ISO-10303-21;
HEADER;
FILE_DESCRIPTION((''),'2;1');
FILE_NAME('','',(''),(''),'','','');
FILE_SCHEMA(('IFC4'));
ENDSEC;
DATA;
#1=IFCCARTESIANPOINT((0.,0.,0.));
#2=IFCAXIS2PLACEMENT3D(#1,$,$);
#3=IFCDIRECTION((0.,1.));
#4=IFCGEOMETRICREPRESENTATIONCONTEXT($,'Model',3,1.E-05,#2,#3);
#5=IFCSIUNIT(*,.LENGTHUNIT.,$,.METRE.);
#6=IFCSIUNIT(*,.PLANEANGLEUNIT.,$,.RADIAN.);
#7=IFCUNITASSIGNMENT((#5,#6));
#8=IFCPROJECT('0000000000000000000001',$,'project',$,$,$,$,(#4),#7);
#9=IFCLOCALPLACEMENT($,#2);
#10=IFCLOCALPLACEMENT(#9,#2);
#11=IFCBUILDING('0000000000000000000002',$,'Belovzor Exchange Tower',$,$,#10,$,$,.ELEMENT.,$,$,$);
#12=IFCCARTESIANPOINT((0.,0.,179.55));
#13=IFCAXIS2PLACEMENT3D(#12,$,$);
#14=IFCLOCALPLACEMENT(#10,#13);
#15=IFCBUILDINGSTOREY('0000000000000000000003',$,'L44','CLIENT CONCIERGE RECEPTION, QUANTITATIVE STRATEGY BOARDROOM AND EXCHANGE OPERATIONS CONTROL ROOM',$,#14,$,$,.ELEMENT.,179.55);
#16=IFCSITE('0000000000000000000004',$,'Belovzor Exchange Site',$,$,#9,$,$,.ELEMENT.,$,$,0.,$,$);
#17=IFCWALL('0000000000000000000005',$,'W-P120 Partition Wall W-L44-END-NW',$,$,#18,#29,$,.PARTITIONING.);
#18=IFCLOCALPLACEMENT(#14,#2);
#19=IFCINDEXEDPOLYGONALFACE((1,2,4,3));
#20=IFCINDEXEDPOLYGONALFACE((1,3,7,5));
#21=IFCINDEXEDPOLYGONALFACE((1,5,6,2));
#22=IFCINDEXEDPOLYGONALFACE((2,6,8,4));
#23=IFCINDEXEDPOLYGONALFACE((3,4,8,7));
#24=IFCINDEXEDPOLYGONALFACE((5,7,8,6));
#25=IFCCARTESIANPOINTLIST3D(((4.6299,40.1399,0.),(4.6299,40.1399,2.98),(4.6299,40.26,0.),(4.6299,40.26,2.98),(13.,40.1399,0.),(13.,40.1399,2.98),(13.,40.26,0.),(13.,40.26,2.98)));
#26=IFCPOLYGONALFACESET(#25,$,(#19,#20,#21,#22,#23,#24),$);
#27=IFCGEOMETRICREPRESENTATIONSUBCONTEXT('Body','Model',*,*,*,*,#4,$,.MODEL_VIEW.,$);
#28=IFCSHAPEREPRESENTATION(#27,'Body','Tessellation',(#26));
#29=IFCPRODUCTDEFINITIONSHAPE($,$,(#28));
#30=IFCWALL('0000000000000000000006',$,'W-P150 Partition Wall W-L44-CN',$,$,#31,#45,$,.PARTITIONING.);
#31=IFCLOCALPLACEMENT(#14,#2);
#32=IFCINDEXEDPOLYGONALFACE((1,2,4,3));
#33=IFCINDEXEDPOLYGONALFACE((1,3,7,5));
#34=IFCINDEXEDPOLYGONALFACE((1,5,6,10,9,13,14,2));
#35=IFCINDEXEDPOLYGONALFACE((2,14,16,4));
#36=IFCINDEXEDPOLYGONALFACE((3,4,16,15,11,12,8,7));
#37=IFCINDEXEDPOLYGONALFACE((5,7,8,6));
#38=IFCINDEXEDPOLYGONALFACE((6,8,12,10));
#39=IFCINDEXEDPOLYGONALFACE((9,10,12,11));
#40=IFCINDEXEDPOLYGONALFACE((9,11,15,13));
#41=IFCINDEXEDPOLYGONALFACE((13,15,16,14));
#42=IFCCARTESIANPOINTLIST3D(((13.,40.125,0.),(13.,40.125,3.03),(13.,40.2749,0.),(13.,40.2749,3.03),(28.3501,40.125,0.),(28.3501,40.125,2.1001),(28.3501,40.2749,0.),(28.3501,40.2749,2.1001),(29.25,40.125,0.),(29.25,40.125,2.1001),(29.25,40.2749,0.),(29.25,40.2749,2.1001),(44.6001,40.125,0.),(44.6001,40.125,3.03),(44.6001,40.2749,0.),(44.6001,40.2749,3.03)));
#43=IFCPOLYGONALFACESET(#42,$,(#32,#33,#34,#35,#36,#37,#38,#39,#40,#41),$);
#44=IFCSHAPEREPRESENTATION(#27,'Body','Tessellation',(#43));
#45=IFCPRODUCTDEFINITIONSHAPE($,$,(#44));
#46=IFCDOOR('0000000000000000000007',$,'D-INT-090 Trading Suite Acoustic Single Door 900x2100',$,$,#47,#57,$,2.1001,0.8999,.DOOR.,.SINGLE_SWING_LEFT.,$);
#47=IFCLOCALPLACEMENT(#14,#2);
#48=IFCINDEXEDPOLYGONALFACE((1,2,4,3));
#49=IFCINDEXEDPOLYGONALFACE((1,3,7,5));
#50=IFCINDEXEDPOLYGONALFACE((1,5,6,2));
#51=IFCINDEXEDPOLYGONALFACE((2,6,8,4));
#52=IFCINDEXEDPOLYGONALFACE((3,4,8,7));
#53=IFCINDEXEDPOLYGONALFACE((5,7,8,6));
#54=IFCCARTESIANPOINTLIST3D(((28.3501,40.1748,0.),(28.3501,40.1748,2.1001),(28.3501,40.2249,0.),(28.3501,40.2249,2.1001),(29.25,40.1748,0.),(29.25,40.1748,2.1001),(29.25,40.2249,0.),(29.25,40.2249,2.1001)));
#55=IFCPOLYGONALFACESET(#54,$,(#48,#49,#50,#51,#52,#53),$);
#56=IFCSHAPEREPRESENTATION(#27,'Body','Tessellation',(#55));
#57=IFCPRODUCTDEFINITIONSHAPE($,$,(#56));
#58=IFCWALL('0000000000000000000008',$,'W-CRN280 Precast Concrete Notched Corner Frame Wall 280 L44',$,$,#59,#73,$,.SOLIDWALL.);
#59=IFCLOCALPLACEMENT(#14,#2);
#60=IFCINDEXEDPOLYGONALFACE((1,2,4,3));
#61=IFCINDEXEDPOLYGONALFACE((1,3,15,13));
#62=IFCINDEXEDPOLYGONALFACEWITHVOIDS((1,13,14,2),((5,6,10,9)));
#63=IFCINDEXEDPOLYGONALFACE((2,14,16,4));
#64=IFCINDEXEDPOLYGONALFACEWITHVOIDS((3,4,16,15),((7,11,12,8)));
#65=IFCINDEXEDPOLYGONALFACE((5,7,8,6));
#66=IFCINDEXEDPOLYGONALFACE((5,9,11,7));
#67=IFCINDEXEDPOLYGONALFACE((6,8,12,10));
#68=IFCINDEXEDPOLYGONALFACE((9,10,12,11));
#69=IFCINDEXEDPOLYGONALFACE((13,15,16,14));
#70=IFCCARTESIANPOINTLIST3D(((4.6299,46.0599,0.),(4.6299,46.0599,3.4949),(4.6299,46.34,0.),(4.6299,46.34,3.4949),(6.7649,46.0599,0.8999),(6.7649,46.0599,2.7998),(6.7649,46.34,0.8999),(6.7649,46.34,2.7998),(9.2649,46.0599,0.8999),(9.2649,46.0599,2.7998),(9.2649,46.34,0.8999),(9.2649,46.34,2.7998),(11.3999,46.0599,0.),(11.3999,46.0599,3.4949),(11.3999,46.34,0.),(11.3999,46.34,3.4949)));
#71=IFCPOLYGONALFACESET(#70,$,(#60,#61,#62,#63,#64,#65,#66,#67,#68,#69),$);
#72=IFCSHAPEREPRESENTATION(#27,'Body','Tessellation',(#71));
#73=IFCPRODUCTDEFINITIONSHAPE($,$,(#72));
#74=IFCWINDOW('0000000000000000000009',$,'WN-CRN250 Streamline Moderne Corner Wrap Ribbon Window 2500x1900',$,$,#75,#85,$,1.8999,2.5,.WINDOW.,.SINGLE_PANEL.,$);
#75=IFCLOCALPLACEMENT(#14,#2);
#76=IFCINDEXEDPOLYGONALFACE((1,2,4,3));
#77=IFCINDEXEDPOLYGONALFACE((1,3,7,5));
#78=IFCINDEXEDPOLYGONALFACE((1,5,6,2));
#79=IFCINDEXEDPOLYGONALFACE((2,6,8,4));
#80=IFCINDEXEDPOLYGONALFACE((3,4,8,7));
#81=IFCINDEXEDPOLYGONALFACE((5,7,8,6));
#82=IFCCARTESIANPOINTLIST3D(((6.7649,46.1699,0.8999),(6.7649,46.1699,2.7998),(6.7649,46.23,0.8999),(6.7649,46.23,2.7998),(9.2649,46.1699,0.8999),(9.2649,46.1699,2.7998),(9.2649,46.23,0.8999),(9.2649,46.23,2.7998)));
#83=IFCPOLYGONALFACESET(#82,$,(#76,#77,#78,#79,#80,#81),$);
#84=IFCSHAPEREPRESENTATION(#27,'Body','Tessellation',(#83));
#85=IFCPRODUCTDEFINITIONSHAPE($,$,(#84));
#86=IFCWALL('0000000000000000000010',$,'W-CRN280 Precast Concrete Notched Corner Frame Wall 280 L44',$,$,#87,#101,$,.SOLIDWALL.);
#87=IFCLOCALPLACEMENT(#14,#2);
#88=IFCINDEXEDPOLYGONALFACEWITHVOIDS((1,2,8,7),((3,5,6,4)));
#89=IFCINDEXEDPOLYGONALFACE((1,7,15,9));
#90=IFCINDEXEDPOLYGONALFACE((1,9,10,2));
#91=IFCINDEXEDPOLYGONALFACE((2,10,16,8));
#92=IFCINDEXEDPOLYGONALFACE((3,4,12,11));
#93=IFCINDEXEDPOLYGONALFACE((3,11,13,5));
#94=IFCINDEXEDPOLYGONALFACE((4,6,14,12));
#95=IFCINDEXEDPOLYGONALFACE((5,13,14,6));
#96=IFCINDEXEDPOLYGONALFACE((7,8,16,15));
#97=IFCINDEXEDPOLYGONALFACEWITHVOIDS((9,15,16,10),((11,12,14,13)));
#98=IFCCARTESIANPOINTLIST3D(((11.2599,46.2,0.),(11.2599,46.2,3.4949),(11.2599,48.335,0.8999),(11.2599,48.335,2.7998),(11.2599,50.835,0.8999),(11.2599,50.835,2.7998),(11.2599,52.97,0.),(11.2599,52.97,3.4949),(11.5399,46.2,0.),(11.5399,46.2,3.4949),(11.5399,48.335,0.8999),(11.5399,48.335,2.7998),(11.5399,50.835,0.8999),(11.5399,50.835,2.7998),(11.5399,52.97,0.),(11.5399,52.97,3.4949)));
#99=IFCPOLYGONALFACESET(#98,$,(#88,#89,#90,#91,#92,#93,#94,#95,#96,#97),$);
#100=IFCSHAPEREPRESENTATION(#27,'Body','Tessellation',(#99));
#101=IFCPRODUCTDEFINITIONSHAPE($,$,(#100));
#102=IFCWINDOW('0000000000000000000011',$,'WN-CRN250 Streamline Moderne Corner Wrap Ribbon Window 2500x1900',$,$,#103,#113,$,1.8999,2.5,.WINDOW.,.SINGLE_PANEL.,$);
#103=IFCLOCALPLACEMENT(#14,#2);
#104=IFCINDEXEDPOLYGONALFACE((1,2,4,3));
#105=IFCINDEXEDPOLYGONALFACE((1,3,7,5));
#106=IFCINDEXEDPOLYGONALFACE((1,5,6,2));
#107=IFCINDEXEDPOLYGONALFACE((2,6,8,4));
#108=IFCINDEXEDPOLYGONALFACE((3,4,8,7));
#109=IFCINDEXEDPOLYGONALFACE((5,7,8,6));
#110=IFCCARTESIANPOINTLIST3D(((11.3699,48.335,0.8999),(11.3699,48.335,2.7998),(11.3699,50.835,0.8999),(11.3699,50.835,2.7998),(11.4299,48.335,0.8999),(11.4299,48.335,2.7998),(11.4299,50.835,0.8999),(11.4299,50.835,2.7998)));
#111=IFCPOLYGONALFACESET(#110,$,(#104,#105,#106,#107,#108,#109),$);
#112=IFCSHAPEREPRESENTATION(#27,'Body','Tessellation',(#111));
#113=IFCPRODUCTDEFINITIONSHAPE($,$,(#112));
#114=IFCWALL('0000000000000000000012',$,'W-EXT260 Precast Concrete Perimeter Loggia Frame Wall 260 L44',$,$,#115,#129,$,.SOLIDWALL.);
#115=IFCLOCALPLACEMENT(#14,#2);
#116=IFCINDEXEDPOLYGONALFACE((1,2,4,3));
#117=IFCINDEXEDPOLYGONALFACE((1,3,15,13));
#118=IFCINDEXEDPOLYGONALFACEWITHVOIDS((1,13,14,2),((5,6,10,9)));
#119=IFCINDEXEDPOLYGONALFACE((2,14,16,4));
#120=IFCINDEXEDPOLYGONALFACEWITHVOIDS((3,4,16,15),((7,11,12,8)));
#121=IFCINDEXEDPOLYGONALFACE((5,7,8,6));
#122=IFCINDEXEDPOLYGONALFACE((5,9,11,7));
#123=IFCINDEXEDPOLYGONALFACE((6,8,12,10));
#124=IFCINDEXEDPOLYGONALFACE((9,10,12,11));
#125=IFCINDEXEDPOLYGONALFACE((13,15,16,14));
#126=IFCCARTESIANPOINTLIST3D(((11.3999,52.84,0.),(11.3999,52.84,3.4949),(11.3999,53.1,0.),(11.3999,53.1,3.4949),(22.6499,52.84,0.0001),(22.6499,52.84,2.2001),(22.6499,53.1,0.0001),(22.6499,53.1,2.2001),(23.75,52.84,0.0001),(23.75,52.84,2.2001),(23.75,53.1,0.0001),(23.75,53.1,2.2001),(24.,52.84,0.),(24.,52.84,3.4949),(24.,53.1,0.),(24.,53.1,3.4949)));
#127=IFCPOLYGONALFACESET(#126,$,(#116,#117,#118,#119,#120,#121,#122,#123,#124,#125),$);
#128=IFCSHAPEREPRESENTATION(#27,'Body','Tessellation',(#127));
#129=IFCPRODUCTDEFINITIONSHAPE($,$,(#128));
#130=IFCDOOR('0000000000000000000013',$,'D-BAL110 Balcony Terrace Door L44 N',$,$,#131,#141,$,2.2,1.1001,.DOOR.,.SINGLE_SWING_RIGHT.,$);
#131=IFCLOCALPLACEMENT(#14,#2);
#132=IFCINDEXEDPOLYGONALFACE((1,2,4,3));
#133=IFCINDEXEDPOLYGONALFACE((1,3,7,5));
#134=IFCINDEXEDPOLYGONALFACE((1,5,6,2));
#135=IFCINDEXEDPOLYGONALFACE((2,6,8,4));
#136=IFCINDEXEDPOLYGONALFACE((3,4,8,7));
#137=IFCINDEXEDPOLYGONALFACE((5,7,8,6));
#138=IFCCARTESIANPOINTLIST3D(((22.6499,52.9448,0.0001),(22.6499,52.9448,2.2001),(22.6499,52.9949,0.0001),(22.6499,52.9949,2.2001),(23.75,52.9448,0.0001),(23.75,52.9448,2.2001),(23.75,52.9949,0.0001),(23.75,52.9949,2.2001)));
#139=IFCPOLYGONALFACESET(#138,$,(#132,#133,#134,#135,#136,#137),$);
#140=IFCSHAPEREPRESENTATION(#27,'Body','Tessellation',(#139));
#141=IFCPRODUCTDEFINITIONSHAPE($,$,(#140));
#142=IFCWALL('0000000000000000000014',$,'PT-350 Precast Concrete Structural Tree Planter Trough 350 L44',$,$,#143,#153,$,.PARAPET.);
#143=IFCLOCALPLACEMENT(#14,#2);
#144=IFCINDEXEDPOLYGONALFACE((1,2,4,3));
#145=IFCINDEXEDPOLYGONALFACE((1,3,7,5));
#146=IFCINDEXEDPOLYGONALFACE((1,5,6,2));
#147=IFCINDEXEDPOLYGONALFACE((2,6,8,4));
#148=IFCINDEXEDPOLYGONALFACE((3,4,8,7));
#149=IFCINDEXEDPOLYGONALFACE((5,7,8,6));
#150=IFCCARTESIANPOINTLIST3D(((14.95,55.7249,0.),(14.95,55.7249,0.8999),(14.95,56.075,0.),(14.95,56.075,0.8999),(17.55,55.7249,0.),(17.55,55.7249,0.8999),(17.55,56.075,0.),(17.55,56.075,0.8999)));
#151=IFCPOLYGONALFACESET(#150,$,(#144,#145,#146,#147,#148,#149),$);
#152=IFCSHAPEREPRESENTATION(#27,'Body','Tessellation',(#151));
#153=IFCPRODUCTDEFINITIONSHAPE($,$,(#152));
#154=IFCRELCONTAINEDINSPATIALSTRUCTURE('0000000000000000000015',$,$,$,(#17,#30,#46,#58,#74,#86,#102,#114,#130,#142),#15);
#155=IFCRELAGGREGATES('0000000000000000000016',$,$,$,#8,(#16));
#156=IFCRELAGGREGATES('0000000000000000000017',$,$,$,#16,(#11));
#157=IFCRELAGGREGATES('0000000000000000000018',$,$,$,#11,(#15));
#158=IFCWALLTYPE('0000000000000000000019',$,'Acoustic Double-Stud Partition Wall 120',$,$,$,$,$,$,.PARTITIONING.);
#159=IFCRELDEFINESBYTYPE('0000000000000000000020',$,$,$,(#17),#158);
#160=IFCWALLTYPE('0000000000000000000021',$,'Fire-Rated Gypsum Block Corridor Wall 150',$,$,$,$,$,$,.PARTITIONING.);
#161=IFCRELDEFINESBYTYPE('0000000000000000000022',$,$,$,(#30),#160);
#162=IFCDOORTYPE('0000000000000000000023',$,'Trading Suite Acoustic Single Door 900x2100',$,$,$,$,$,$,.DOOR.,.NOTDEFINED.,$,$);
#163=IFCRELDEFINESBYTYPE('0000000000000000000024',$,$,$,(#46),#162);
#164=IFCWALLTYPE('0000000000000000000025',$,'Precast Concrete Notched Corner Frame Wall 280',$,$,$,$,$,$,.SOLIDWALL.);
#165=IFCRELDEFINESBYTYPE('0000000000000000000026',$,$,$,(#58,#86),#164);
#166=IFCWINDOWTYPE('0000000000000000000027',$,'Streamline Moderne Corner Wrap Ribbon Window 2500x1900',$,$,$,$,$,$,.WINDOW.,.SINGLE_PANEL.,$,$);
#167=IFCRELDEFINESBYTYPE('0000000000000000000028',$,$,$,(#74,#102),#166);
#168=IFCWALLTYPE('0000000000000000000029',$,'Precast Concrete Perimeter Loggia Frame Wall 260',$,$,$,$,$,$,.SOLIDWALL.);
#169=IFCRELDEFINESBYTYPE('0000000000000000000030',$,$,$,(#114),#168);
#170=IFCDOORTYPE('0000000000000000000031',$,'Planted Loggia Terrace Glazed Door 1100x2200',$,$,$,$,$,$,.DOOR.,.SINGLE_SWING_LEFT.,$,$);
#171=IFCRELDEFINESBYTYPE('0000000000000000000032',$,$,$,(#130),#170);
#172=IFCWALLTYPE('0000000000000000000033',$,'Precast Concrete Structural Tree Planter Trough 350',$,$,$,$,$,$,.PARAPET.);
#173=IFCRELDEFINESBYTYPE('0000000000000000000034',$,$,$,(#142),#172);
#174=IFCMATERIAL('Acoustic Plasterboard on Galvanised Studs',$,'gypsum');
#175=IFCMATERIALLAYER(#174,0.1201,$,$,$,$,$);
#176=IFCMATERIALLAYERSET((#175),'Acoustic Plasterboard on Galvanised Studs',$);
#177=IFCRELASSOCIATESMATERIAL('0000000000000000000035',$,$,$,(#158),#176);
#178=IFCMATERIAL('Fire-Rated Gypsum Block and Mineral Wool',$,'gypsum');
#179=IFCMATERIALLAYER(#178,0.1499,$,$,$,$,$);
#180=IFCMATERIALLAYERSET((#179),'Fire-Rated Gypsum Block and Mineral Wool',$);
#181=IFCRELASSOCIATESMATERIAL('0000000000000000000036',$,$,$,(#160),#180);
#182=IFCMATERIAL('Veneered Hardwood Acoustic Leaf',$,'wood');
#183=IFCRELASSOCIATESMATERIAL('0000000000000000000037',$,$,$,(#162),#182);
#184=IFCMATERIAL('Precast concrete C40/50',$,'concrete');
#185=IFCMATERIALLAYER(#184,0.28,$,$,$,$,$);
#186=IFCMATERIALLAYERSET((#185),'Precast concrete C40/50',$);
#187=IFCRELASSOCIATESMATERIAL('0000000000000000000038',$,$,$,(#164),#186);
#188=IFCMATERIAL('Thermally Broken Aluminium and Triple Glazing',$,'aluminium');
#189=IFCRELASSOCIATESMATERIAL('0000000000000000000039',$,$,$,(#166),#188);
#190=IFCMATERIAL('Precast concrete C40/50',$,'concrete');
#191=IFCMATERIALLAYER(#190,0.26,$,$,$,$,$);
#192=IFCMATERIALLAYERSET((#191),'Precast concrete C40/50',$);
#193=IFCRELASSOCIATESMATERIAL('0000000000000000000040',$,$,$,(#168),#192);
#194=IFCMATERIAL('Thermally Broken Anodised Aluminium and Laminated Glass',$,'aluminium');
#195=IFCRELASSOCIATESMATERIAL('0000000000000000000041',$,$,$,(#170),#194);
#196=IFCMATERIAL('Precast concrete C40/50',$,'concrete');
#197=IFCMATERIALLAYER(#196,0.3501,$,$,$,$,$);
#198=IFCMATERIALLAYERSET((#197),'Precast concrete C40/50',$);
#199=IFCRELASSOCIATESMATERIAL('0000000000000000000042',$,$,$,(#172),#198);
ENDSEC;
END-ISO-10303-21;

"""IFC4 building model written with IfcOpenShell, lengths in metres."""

from ifc_helpers import new_model, si_unit, direction, frame, frame_2d, origin, place, context, subcontext, project, spatial, rectangle, extrude, material, layer, layer_set, type_object, element, fill, save


model = new_model("IFC4")

# Units and contexts
model_context = context("Model", 3, precision=1e-05, world=origin(), true_north=direction((0.0, 1.0)))
body_context = subcontext(model_context, "Body", "Model", "MODEL_VIEW")
ifc_project = project(units=[si_unit("LENGTHUNIT", "METRE"), si_unit("PLANEANGLEUNIT", "RADIAN")], contexts=[model_context])

# Site, building, storey
site_placement = place(None, origin())
site = spatial("IfcSite", under=ifc_project, at=site_placement, Name="Belovzor Exchange Site", CompositionType="ELEMENT", RefElevation=0.0)
building_placement = place(site_placement, origin())
building = spatial("IfcBuilding", under=site, at=building_placement, Name="Belovzor Exchange Tower", CompositionType="ELEMENT")
storey_placement = place(building_placement, frame((0.0, 0.0, 179.55)))
storey = spatial("IfcBuildingStorey", under=building, at=storey_placement, Name="L44", Description="CLIENT CONCIERGE RECEPTION, QUANTITATIVE STRATEGY BOARDROOM AND EXCHANGE OPERATIONS CONTROL ROOM", CompositionType="ELEMENT", Elevation=179.55)

# Wall
ifc_material_1 = material(Name="Acoustic Plasterboard on Galvanised Studs", Category="gypsum")
ifc_layer_1 = layer(ifc_material_1, 0.1201)
ifc_layer_set_1 = layer_set([ifc_layer_1], Name="Acoustic Plasterboard on Galvanised Studs")
wall_type_1 = type_object("IfcWallType", Name="Acoustic Double-Stud Partition Wall 120", PredefinedType="PARTITIONING", material=ifc_layer_set_1)
wall_1_placement = place(storey_placement, frame((4.6299, 40.2, 0.0), z_axis=(0.0, 0.0, 1.0), x_axis=(1.0, 0.0, 0.0)))
element("IfcWall", 1, at=wall_1_placement, inside=storey, type_object=wall_type_1, Name="W-P120 Partition Wall W-L44-END-NW", PredefinedType="PARTITIONING", context=body_context, shape_type="SweptSolid", body=[
    extrude(rectangle(XDim=8.3701, YDim=0.1201, at=frame_2d((4.1851, 0.0))), origin(), (0.0, 0.0, 1.0), 2.98),
])

# Wall, opening, door
ifc_material_2 = material(Name="Fire-Rated Gypsum Block and Mineral Wool", Category="gypsum")
ifc_layer_2 = layer(ifc_material_2, 0.1499)
ifc_layer_set_2 = layer_set([ifc_layer_2], Name="Fire-Rated Gypsum Block and Mineral Wool")
wall_type_2 = type_object("IfcWallType", Name="Fire-Rated Gypsum Block Corridor Wall 150", PredefinedType="PARTITIONING", material=ifc_layer_set_2)
wall_2_placement = place(storey_placement, frame((13.0, 40.2, 0.0), z_axis=(0.0, 0.0, 1.0), x_axis=(1.0, 0.0, 0.0)))
wall_2 = element("IfcWall", 2, at=wall_2_placement, inside=storey, type_object=wall_type_2, Name="W-P150 Partition Wall W-L44-CN", PredefinedType="PARTITIONING", context=body_context, shape_type="SweptSolid", body=[
    extrude(rectangle(XDim=31.6001, YDim=0.1499, at=frame_2d((15.8, 0.0))), origin(), (0.0, 0.0, 1.0), 3.03),
])
opening_1_placement = place(wall_2_placement, frame((15.3501, 0.0, 0.0)))
opening_1 = element("IfcOpeningElement", 3, at=opening_1_placement, cuts=wall_2, PredefinedType="OPENING", context=body_context, shape_type="SweptSolid", body=[
    extrude(rectangle(XDim=0.8999, YDim=2.1001, at=frame_2d((0.45, 1.05))), frame((0.0, 0.085, 0.0), z_axis=(0.0, -1.0, 0.0), x_axis=(1.0, 0.0, 0.0)), (0.0, 0.0, 1.0), 0.1699),
])
ifc_material_3 = material(Name="Veneered Hardwood Acoustic Leaf", Category="wood")
door_type_1 = type_object("IfcDoorType", Name="Trading Suite Acoustic Single Door 900x2100", OperationType="NOTDEFINED", PredefinedType="DOOR", material=ifc_material_3)
door_1_placement = place(opening_1_placement, origin())
door_1 = element("IfcDoor", 4, at=door_1_placement, inside=storey, type_object=door_type_1, Name="D-INT-090 Trading Suite Acoustic Single Door 900x2100", OperationType="SINGLE_SWING_LEFT", OverallHeight=2.1001, OverallWidth=0.8999, PredefinedType="DOOR", context=body_context, shape_type="SweptSolid", body=[
    extrude(rectangle(XDim=0.8999, YDim=2.1001, at=frame_2d((0.45, 1.05))), frame((0.0, 0.0249, 0.0), z_axis=(0.0, -1.0, 0.0), x_axis=(1.0, 0.0, 0.0)), (0.0, 0.0, 1.0), 0.05),
])
fill(opening_1, door_1)

# Walls, openings, windows
ifc_material_4 = material(Name="Precast concrete C40/50", Category="concrete")
ifc_layer_3 = layer(ifc_material_4, 0.28)
ifc_layer_set_3 = layer_set([ifc_layer_3], Name="Precast concrete C40/50")
wall_type_3 = type_object("IfcWallType", Name="Precast Concrete Notched Corner Frame Wall 280", PredefinedType="SOLIDWALL", material=ifc_layer_set_3)
wall_3_placement = place(storey_placement, frame((4.6299, 46.2, 0.0), z_axis=(0.0, 0.0, 1.0), x_axis=(1.0, 0.0, 0.0)))
wall_3 = element("IfcWall", 5, at=wall_3_placement, inside=storey, type_object=wall_type_3, Name="W-CRN280 Precast Concrete Notched Corner Frame Wall 280 L44", PredefinedType="SOLIDWALL", context=body_context, shape_type="SweptSolid", body=[
    extrude(rectangle(XDim=6.77, YDim=0.28, at=frame_2d((3.385, 0.0))), origin(), (0.0, 0.0, 1.0), 3.4949),
])
opening_2_placement = place(wall_3_placement, frame((2.135, 0.0, 0.8999)))
opening_2 = element("IfcOpeningElement", 6, at=opening_2_placement, cuts=wall_3, PredefinedType="OPENING", context=body_context, shape_type="SweptSolid", body=[
    extrude(rectangle(XDim=2.5, YDim=1.8999, at=frame_2d((1.25, 0.95))), frame((0.0, 0.1499, 0.0), z_axis=(0.0, -1.0, 0.0), x_axis=(1.0, 0.0, 0.0)), (0.0, 0.0, 1.0), 0.3),
])
ifc_material_5 = material(Name="Thermally Broken Aluminium and Triple Glazing", Category="aluminium")
window_type = type_object("IfcWindowType", Name="Streamline Moderne Corner Wrap Ribbon Window 2500x1900", PartitioningType="SINGLE_PANEL", PredefinedType="WINDOW", material=ifc_material_5)
window_1_placement = place(opening_2_placement, origin())
window_1 = element("IfcWindow", 7, at=window_1_placement, inside=storey, type_object=window_type, Name="WN-CRN250 Streamline Moderne Corner Wrap Ribbon Window 2500x1900", OverallHeight=1.8999, OverallWidth=2.5, PartitioningType="SINGLE_PANEL", PredefinedType="WINDOW", context=body_context, shape_type="SweptSolid", body=[
    extrude(rectangle(XDim=2.5, YDim=1.8999, at=frame_2d((1.25, 0.95))), frame((0.0, 0.03, 0.0), z_axis=(0.0, -1.0, 0.0), x_axis=(1.0, 0.0, 0.0)), (0.0, 0.0, 1.0), 0.0601),
])
fill(opening_2, window_1)
wall_4_placement = place(storey_placement, frame((11.3999, 46.2, 0.0), z_axis=(0.0, 0.0, 1.0), x_axis=(0.0, 1.0, 0.0)))
wall_4 = element("IfcWall", 8, at=wall_4_placement, inside=storey, type_object=wall_type_3, Name="W-CRN280 Precast Concrete Notched Corner Frame Wall 280 L44", PredefinedType="SOLIDWALL", context=body_context, shape_type="SweptSolid", body=[
    extrude(rectangle(XDim=6.77, YDim=0.28, at=frame_2d((3.385, 0.0))), origin(), (0.0, 0.0, 1.0), 3.4949),
])
opening_3_placement = place(wall_4_placement, frame((2.135, 0.0, 0.8999)))
opening_3 = element("IfcOpeningElement", 9, at=opening_3_placement, cuts=wall_4, PredefinedType="OPENING", context=body_context, shape_type="SweptSolid", body=[
    extrude(rectangle(XDim=2.5, YDim=1.8999, at=frame_2d((1.25, 0.95))), frame((0.0, 0.1499, 0.0), z_axis=(0.0, -1.0, 0.0), x_axis=(1.0, 0.0, 0.0)), (0.0, 0.0, 1.0), 0.3),
])
window_2_placement = place(opening_3_placement, origin())
window_2 = element("IfcWindow", 10, at=window_2_placement, inside=storey, type_object=window_type, Name="WN-CRN250 Streamline Moderne Corner Wrap Ribbon Window 2500x1900", OverallHeight=1.8999, OverallWidth=2.5, PartitioningType="SINGLE_PANEL", PredefinedType="WINDOW", context=body_context, shape_type="SweptSolid", body=[
    extrude(rectangle(XDim=2.5, YDim=1.8999, at=frame_2d((1.25, 0.95))), frame((0.0, 0.03, 0.0), z_axis=(0.0, -1.0, 0.0), x_axis=(1.0, 0.0, 0.0)), (0.0, 0.0, 1.0), 0.0601),
])
fill(opening_3, window_2)

# Wall, opening, door
ifc_material_6 = material(Name="Precast concrete C40/50", Category="concrete")
ifc_layer_4 = layer(ifc_material_6, 0.26)
ifc_layer_set_4 = layer_set([ifc_layer_4], Name="Precast concrete C40/50")
wall_type_4 = type_object("IfcWallType", Name="Precast Concrete Perimeter Loggia Frame Wall 260", PredefinedType="SOLIDWALL", material=ifc_layer_set_4)
wall_5_placement = place(storey_placement, frame((11.3999, 52.97, 0.0), z_axis=(0.0, 0.0, 1.0), x_axis=(1.0, 0.0, 0.0)))
wall_5 = element("IfcWall", 11, at=wall_5_placement, inside=storey, type_object=wall_type_4, Name="W-EXT260 Precast Concrete Perimeter Loggia Frame Wall 260 L44", PredefinedType="SOLIDWALL", context=body_context, shape_type="SweptSolid", body=[
    extrude(rectangle(XDim=12.6001, YDim=0.26, at=frame_2d((6.3, 0.0))), origin(), (0.0, 0.0, 1.0), 3.4949),
])
opening_4_placement = place(wall_5_placement, frame((11.25, 0.0, 0.0)))
opening_4 = element("IfcOpeningElement", 12, at=opening_4_placement, cuts=wall_5, PredefinedType="OPENING", context=body_context, shape_type="SweptSolid", body=[
    extrude(rectangle(XDim=1.1001, YDim=2.2, at=frame_2d((0.55, 1.1001))), frame((0.0, 0.1399, 0.0), z_axis=(0.0, -1.0, 0.0), x_axis=(1.0, 0.0, 0.0)), (0.0, 0.0, 1.0), 0.28),
])
ifc_material_7 = material(Name="Thermally Broken Anodised Aluminium and Laminated Glass", Category="aluminium")
door_type_2 = type_object("IfcDoorType", Name="Planted Loggia Terrace Glazed Door 1100x2200", OperationType="SINGLE_SWING_LEFT", PredefinedType="DOOR", material=ifc_material_7)
door_2_placement = place(opening_4_placement, origin())
door_2 = element("IfcDoor", 13, at=door_2_placement, inside=storey, type_object=door_type_2, Name="D-BAL110 Balcony Terrace Door L44 N", OperationType="SINGLE_SWING_RIGHT", OverallHeight=2.2, OverallWidth=1.1001, PredefinedType="DOOR", context=body_context, shape_type="SweptSolid", body=[
    extrude(rectangle(XDim=1.1001, YDim=2.2, at=frame_2d((0.55, 1.1001))), frame((0.0, 0.0249, 0.0), z_axis=(0.0, -1.0, 0.0), x_axis=(1.0, 0.0, 0.0)), (0.0, 0.0, 1.0), 0.05),
])
fill(opening_4, door_2)

# Wall
ifc_material_8 = material(Name="Precast concrete C40/50", Category="concrete")
ifc_layer_5 = layer(ifc_material_8, 0.3501)
ifc_layer_set_5 = layer_set([ifc_layer_5], Name="Precast concrete C40/50")
wall_type_5 = type_object("IfcWallType", Name="Precast Concrete Structural Tree Planter Trough 350", PredefinedType="PARAPET", material=ifc_layer_set_5)
wall_6_placement = place(storey_placement, frame((14.95, 55.8999, 0.0), z_axis=(0.0, 0.0, 1.0), x_axis=(1.0, 0.0, 0.0)))
element("IfcWall", 14, at=wall_6_placement, inside=storey, type_object=wall_type_5, Name="PT-350 Precast Concrete Structural Tree Planter Trough 350 L44", PredefinedType="PARAPET", context=body_context, shape_type="SweptSolid", body=[
    extrude(rectangle(XDim=2.6001, YDim=0.3501, at=frame_2d((1.3, 0.0))), origin(), (0.0, 0.0, 1.0), 0.8999),
])

save(model, "model.ifc")
